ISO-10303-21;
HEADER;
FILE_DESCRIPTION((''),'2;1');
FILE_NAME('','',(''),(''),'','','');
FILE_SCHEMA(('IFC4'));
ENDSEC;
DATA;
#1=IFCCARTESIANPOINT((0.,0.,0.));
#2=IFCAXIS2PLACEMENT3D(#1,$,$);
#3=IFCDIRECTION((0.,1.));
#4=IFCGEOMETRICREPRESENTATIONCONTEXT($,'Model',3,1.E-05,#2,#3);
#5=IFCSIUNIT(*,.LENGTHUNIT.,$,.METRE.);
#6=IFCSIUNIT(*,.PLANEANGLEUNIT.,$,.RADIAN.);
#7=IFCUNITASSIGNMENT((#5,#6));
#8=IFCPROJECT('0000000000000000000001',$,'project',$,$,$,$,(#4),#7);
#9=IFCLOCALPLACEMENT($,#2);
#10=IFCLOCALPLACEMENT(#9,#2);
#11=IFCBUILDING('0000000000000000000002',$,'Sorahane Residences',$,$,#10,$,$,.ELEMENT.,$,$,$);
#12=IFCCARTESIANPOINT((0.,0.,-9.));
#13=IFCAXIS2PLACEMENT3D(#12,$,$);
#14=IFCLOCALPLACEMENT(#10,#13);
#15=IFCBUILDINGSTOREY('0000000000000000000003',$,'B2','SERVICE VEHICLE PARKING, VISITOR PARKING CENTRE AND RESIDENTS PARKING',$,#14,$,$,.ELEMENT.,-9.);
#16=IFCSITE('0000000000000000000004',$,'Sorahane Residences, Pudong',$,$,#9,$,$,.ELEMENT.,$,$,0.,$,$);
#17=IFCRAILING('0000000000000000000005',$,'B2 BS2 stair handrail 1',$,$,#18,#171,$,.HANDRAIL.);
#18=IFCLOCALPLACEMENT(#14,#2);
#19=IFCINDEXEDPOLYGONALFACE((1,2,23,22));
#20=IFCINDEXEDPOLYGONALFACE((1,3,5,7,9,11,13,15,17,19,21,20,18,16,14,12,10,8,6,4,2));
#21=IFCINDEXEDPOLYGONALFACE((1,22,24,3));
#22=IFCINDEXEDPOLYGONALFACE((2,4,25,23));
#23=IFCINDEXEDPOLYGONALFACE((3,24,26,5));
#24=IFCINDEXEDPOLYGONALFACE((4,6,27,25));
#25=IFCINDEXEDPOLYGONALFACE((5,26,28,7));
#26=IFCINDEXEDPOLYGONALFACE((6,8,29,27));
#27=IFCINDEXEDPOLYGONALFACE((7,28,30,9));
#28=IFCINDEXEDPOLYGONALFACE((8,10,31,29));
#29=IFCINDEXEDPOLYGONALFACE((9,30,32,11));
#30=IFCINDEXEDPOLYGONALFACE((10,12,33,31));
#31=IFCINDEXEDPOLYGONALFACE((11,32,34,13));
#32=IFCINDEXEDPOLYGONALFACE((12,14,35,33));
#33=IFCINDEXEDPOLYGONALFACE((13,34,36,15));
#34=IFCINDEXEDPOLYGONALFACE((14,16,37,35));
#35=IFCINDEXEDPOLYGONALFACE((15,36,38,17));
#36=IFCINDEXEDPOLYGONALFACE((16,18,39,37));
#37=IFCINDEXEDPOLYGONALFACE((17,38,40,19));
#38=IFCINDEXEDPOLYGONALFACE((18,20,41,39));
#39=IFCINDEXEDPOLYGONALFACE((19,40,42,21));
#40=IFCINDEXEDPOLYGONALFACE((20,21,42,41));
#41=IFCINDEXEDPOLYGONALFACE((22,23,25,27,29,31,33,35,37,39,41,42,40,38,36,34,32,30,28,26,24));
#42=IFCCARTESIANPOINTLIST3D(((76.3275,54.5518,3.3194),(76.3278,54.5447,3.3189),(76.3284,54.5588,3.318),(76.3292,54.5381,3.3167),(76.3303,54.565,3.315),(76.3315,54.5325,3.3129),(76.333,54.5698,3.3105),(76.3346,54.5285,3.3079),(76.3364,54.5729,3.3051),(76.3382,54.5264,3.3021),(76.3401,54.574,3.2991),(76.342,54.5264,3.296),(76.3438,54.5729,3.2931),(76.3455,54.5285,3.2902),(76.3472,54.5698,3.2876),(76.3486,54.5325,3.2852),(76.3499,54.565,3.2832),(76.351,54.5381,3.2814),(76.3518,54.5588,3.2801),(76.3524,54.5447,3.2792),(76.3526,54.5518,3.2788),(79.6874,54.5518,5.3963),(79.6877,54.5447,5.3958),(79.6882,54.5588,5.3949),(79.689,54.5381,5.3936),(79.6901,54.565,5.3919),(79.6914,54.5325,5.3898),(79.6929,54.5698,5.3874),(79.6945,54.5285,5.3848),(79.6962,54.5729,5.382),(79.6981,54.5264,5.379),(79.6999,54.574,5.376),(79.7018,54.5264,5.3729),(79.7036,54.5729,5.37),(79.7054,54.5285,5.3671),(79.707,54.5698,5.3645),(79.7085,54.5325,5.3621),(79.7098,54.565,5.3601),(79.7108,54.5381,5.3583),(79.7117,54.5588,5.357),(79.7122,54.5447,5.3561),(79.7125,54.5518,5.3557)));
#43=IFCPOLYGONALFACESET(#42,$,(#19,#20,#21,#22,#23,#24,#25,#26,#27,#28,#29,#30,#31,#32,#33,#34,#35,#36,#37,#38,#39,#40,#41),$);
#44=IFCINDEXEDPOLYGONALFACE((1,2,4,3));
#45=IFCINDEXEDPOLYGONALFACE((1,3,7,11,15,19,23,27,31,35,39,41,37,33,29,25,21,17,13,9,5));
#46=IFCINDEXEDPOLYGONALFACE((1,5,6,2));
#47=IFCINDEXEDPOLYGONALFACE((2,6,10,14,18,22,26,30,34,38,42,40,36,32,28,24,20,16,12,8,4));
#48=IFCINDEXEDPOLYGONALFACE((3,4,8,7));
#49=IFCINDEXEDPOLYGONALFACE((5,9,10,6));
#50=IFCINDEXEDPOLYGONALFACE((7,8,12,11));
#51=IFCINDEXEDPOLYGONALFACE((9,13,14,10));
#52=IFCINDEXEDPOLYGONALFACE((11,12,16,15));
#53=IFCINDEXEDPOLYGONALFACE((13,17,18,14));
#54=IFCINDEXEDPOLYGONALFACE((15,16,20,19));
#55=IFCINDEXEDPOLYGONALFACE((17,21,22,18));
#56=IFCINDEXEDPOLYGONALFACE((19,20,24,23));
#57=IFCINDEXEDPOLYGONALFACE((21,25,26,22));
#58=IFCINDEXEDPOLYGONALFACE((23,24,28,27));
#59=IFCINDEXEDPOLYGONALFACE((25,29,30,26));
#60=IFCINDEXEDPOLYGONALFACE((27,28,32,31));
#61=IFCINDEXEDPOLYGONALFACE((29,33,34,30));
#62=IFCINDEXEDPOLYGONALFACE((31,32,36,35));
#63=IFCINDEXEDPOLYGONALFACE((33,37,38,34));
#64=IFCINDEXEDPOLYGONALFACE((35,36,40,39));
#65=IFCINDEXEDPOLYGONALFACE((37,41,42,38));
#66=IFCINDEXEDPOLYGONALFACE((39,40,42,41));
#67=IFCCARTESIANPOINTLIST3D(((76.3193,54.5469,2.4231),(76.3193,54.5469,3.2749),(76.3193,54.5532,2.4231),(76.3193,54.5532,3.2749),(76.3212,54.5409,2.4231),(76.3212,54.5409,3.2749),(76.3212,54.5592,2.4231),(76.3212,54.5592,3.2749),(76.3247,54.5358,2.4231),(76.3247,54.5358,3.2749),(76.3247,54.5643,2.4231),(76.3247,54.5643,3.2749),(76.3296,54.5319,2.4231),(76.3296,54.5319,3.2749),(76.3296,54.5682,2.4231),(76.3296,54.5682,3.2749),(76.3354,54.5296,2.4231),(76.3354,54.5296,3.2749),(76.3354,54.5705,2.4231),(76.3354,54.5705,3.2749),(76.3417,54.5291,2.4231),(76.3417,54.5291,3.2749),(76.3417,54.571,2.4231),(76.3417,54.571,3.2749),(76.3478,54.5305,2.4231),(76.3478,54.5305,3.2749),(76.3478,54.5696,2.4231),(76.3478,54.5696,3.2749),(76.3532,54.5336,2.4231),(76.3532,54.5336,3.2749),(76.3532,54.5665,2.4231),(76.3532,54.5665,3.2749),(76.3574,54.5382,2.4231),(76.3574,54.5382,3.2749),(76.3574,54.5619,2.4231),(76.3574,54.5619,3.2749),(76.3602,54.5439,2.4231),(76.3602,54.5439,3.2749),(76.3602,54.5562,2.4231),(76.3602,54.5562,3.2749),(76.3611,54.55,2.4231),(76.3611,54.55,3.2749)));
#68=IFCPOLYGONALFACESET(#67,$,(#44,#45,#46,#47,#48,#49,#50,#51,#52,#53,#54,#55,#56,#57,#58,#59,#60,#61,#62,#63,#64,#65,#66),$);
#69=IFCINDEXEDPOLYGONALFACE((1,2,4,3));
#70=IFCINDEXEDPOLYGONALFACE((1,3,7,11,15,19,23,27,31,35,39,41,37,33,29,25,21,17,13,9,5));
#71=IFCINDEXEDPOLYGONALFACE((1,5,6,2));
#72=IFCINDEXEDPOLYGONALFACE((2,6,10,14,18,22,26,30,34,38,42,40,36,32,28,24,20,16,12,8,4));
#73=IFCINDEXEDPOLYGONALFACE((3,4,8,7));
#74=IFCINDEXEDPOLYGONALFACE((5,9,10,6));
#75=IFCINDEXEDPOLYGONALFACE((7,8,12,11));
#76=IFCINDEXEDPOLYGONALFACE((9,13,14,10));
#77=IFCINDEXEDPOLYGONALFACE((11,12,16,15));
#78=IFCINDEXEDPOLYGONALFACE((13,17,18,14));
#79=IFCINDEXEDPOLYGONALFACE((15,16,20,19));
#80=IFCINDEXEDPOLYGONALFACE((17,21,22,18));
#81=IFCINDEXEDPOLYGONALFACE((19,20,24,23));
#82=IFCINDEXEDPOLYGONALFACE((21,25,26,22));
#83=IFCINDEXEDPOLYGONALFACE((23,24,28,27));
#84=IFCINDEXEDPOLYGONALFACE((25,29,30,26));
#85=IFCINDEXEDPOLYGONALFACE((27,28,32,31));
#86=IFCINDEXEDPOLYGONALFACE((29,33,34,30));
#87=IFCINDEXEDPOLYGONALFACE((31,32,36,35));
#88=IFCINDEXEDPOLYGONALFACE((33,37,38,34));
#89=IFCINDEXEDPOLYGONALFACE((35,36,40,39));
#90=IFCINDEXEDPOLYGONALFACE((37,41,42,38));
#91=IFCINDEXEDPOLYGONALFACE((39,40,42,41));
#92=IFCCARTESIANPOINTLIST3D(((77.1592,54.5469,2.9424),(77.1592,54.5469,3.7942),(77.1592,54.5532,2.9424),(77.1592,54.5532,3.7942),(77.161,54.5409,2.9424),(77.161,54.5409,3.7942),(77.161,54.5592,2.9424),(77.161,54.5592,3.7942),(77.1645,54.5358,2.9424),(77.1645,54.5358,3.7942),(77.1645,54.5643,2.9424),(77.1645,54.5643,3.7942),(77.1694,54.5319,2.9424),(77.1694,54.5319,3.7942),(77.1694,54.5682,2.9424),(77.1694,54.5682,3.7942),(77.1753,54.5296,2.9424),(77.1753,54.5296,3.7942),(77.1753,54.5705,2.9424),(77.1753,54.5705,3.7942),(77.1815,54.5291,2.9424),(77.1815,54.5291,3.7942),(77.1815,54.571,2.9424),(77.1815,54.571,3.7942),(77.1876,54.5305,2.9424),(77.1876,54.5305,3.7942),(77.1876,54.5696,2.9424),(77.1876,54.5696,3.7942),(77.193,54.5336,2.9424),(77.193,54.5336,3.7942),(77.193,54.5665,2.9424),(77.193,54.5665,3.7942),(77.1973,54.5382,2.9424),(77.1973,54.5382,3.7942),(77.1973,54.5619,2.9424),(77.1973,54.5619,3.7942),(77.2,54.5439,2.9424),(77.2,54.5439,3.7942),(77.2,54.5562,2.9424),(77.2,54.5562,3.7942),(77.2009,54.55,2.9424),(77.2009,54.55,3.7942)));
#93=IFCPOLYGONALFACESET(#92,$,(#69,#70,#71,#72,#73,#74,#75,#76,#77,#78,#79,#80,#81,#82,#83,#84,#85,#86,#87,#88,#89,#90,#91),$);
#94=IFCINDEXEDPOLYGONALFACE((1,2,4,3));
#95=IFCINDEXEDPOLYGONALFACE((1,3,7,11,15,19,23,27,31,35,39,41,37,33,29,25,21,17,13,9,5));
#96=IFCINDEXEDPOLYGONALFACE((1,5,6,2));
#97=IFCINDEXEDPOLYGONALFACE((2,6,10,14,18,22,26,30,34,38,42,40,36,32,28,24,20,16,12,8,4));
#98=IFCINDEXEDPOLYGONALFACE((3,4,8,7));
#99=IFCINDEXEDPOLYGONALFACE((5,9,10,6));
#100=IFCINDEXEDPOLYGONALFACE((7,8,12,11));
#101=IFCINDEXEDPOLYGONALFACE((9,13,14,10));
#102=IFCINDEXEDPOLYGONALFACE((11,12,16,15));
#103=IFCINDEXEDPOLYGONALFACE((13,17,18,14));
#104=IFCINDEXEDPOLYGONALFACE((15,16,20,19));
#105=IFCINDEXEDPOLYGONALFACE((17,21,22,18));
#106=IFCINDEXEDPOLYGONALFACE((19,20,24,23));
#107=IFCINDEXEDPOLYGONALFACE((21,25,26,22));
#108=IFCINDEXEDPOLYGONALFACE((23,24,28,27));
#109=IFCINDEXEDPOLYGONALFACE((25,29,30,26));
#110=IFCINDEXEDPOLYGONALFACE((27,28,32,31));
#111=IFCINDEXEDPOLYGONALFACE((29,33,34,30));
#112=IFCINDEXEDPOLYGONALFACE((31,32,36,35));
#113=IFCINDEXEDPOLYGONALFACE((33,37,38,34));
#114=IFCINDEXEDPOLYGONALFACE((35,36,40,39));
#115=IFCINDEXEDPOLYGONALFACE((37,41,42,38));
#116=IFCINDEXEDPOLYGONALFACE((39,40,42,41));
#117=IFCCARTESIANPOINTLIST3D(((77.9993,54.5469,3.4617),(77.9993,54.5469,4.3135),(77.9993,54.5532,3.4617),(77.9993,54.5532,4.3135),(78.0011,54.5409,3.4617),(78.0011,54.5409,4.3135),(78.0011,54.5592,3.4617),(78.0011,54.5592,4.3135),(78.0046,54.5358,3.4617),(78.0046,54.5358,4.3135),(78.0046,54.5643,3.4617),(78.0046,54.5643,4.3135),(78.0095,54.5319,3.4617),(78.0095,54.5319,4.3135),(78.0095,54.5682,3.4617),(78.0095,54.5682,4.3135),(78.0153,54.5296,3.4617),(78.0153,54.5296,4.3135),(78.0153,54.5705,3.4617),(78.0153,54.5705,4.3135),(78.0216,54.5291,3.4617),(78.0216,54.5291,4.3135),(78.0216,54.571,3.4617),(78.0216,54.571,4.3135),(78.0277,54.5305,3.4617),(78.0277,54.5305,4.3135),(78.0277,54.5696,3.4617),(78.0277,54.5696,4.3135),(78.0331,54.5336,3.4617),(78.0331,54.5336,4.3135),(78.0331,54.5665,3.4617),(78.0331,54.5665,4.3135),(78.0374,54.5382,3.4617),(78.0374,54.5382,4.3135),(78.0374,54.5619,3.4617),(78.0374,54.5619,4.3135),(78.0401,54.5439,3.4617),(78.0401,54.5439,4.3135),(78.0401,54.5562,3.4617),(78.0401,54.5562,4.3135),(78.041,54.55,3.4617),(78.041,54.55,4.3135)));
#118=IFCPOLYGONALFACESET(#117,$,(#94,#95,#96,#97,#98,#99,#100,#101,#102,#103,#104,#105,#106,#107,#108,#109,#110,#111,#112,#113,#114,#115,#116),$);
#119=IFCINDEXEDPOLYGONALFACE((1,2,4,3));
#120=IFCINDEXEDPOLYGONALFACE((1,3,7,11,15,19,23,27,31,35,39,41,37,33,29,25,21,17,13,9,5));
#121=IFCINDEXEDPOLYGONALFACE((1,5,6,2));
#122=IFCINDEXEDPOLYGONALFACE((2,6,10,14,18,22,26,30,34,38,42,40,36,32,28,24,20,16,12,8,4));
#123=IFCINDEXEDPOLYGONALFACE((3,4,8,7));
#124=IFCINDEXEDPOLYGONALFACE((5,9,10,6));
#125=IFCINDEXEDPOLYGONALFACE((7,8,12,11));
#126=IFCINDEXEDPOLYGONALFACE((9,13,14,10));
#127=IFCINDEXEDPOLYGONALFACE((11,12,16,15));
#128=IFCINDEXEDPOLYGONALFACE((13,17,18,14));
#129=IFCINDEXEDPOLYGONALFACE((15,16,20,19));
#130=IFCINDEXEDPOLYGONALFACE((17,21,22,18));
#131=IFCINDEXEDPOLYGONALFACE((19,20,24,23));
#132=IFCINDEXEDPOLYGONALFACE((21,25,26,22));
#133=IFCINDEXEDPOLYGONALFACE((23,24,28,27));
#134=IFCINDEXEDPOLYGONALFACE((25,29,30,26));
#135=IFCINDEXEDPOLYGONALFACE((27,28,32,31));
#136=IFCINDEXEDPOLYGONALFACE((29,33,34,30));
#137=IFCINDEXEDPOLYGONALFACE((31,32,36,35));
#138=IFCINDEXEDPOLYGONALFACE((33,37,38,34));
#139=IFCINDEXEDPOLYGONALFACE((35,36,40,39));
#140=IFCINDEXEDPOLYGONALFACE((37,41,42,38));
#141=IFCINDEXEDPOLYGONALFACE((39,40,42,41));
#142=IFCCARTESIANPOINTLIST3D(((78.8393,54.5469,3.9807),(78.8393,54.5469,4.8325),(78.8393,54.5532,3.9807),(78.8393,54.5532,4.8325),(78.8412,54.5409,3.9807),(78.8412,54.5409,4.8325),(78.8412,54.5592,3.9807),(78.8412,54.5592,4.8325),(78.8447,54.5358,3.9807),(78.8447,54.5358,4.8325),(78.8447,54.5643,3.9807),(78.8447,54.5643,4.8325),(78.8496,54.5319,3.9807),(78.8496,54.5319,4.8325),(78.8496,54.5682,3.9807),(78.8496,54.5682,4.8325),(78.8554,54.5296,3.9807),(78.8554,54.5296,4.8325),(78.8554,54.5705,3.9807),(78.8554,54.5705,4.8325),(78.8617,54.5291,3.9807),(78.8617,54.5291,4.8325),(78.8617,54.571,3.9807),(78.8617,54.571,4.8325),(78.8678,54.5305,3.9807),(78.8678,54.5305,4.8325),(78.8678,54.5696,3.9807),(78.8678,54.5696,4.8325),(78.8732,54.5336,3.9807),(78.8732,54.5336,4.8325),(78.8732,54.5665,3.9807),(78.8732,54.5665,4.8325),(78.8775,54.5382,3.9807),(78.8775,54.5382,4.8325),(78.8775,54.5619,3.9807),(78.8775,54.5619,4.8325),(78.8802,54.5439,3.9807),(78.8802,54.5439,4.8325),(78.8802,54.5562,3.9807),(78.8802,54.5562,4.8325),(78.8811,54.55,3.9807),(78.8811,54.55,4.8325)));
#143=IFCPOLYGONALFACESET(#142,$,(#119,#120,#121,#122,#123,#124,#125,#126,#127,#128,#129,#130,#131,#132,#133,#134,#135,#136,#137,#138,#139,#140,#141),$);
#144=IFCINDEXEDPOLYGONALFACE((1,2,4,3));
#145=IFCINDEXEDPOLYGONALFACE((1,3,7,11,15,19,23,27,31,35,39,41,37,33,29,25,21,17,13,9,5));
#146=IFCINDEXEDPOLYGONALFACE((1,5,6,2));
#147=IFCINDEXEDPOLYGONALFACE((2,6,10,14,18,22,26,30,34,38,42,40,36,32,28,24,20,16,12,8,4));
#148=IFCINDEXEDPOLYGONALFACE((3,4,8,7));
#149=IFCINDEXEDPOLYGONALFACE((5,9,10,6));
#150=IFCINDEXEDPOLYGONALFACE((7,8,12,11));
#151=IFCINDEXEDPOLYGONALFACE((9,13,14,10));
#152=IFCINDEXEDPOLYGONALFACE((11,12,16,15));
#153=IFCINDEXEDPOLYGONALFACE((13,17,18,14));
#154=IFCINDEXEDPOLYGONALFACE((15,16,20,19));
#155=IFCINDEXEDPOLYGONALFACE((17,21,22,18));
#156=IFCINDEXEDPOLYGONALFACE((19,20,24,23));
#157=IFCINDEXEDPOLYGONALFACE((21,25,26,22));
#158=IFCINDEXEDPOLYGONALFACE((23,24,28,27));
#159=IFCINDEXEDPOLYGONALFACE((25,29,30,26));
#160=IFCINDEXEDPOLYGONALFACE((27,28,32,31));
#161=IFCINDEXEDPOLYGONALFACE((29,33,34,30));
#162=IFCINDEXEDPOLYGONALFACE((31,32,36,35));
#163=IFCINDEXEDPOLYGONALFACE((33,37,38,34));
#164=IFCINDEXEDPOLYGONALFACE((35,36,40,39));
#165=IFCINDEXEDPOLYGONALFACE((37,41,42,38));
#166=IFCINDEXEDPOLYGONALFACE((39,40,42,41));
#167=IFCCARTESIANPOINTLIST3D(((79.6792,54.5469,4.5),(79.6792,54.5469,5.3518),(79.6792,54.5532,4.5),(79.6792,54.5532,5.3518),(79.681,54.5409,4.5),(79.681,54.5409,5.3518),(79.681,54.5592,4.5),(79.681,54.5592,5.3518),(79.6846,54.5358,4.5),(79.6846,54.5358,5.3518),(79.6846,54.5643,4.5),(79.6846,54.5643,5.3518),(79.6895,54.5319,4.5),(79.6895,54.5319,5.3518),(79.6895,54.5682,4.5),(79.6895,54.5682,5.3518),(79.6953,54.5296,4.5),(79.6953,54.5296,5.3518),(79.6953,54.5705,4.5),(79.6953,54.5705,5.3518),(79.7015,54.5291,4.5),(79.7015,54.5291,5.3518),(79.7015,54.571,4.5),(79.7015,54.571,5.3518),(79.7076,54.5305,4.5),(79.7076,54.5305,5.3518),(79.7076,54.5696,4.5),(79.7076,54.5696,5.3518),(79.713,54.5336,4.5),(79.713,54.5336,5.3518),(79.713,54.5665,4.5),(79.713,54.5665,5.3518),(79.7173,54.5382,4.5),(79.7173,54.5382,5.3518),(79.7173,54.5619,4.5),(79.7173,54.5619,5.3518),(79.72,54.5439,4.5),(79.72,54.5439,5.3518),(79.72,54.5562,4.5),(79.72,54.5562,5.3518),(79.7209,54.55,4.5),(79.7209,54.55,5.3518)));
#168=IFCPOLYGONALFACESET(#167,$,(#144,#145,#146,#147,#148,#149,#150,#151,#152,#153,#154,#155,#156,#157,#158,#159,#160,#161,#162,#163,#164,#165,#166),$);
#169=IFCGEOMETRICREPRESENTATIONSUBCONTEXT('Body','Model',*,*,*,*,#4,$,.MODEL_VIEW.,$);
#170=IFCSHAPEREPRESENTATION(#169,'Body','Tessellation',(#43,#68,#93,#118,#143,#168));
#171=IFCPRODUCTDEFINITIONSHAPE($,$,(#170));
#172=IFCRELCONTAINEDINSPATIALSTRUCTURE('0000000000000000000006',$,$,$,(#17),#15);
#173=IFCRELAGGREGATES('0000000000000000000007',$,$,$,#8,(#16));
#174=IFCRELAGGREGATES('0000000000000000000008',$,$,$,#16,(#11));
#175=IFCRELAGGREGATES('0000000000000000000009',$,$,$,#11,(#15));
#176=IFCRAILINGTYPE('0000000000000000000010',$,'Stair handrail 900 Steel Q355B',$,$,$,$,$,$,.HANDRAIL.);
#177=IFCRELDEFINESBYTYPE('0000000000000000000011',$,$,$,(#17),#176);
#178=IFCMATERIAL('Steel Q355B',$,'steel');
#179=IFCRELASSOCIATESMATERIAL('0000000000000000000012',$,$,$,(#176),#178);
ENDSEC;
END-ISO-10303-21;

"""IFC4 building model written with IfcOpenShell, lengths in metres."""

from ifc_helpers import new_model, si_unit, direction, frame, origin, origin_2d, place, context, subcontext, project, spatial, circle, extrude, material, type_object, element, save


model = new_model("IFC4")

# Units and contexts
model_context = context("Model", 3, precision=1e-05, world=origin(), true_north=direction((0.0, 1.0)))
body_context = subcontext(model_context, "Body", "Model", "MODEL_VIEW")
ifc_project = project(units=[si_unit("LENGTHUNIT", "METRE"), si_unit("PLANEANGLEUNIT", "RADIAN")], contexts=[model_context])

# Site, building, storey
site_placement = place(None, origin())
site = spatial("IfcSite", under=ifc_project, at=site_placement, Name="Sorahane Residences, Pudong", CompositionType="ELEMENT", RefElevation=0.0)
building_placement = place(site_placement, origin())
building = spatial("IfcBuilding", under=site, at=building_placement, Name="Sorahane Residences", CompositionType="ELEMENT")
storey_placement = place(building_placement, frame((0.0, 0.0, -9.0)))
storey = spatial("IfcBuildingStorey", under=building, at=storey_placement, Name="B2", Description="SERVICE VEHICLE PARKING, VISITOR PARKING CENTRE AND RESIDENTS PARKING", CompositionType="ELEMENT", Elevation=-9.0)

# Railing
ifc_material_1 = material(Name="Steel Q355B", Category="steel")
railing_type_1 = type_object("IfcRailingType", Name="Stair handrail 900 Steel Q355B", PredefinedType="HANDRAIL", material=ifc_material_1)
railing_1_placement = place(storey_placement, frame((76.3401, 54.55, 2.4231)))
element("IfcRailing", 1, at=railing_1_placement, inside=storey, type_object=railing_type_1, Name="B2 BS2 stair handrail 1", PredefinedType="HANDRAIL", context=body_context, shape_type="SweptSolid", body=[
    extrude(circle(Radius=0.0239, at=origin_2d()), frame((0.0, 0.0, 0.876), z_axis=(0.850606, 0.0, 0.525803), x_axis=(0.0, 1.0, 0.0)), (0.0, 0.0, 1.0), 3.95),
    extrude(circle(Radius=0.021, at=origin_2d()), origin(), (0.0, 0.0, 1.0), 0.8518),
    extrude(circle(Radius=0.021, at=origin_2d()), frame((0.8398, 0.0, 0.5193)), (0.0, 0.0, 1.0), 0.8518),
    extrude(circle(Radius=0.021, at=origin_2d()), frame((1.6799, 0.0, 1.0386)), (0.0, 0.0, 1.0), 0.8518),
    extrude(circle(Radius=0.021, at=origin_2d()), frame((2.52, 0.0, 1.5576)), (0.0, 0.0, 1.0), 0.8518),
    extrude(circle(Radius=0.021, at=origin_2d()), frame((3.3599, 0.0, 2.0769)), (0.0, 0.0, 1.0), 0.8518),
])

save(model, "model.ifc")
